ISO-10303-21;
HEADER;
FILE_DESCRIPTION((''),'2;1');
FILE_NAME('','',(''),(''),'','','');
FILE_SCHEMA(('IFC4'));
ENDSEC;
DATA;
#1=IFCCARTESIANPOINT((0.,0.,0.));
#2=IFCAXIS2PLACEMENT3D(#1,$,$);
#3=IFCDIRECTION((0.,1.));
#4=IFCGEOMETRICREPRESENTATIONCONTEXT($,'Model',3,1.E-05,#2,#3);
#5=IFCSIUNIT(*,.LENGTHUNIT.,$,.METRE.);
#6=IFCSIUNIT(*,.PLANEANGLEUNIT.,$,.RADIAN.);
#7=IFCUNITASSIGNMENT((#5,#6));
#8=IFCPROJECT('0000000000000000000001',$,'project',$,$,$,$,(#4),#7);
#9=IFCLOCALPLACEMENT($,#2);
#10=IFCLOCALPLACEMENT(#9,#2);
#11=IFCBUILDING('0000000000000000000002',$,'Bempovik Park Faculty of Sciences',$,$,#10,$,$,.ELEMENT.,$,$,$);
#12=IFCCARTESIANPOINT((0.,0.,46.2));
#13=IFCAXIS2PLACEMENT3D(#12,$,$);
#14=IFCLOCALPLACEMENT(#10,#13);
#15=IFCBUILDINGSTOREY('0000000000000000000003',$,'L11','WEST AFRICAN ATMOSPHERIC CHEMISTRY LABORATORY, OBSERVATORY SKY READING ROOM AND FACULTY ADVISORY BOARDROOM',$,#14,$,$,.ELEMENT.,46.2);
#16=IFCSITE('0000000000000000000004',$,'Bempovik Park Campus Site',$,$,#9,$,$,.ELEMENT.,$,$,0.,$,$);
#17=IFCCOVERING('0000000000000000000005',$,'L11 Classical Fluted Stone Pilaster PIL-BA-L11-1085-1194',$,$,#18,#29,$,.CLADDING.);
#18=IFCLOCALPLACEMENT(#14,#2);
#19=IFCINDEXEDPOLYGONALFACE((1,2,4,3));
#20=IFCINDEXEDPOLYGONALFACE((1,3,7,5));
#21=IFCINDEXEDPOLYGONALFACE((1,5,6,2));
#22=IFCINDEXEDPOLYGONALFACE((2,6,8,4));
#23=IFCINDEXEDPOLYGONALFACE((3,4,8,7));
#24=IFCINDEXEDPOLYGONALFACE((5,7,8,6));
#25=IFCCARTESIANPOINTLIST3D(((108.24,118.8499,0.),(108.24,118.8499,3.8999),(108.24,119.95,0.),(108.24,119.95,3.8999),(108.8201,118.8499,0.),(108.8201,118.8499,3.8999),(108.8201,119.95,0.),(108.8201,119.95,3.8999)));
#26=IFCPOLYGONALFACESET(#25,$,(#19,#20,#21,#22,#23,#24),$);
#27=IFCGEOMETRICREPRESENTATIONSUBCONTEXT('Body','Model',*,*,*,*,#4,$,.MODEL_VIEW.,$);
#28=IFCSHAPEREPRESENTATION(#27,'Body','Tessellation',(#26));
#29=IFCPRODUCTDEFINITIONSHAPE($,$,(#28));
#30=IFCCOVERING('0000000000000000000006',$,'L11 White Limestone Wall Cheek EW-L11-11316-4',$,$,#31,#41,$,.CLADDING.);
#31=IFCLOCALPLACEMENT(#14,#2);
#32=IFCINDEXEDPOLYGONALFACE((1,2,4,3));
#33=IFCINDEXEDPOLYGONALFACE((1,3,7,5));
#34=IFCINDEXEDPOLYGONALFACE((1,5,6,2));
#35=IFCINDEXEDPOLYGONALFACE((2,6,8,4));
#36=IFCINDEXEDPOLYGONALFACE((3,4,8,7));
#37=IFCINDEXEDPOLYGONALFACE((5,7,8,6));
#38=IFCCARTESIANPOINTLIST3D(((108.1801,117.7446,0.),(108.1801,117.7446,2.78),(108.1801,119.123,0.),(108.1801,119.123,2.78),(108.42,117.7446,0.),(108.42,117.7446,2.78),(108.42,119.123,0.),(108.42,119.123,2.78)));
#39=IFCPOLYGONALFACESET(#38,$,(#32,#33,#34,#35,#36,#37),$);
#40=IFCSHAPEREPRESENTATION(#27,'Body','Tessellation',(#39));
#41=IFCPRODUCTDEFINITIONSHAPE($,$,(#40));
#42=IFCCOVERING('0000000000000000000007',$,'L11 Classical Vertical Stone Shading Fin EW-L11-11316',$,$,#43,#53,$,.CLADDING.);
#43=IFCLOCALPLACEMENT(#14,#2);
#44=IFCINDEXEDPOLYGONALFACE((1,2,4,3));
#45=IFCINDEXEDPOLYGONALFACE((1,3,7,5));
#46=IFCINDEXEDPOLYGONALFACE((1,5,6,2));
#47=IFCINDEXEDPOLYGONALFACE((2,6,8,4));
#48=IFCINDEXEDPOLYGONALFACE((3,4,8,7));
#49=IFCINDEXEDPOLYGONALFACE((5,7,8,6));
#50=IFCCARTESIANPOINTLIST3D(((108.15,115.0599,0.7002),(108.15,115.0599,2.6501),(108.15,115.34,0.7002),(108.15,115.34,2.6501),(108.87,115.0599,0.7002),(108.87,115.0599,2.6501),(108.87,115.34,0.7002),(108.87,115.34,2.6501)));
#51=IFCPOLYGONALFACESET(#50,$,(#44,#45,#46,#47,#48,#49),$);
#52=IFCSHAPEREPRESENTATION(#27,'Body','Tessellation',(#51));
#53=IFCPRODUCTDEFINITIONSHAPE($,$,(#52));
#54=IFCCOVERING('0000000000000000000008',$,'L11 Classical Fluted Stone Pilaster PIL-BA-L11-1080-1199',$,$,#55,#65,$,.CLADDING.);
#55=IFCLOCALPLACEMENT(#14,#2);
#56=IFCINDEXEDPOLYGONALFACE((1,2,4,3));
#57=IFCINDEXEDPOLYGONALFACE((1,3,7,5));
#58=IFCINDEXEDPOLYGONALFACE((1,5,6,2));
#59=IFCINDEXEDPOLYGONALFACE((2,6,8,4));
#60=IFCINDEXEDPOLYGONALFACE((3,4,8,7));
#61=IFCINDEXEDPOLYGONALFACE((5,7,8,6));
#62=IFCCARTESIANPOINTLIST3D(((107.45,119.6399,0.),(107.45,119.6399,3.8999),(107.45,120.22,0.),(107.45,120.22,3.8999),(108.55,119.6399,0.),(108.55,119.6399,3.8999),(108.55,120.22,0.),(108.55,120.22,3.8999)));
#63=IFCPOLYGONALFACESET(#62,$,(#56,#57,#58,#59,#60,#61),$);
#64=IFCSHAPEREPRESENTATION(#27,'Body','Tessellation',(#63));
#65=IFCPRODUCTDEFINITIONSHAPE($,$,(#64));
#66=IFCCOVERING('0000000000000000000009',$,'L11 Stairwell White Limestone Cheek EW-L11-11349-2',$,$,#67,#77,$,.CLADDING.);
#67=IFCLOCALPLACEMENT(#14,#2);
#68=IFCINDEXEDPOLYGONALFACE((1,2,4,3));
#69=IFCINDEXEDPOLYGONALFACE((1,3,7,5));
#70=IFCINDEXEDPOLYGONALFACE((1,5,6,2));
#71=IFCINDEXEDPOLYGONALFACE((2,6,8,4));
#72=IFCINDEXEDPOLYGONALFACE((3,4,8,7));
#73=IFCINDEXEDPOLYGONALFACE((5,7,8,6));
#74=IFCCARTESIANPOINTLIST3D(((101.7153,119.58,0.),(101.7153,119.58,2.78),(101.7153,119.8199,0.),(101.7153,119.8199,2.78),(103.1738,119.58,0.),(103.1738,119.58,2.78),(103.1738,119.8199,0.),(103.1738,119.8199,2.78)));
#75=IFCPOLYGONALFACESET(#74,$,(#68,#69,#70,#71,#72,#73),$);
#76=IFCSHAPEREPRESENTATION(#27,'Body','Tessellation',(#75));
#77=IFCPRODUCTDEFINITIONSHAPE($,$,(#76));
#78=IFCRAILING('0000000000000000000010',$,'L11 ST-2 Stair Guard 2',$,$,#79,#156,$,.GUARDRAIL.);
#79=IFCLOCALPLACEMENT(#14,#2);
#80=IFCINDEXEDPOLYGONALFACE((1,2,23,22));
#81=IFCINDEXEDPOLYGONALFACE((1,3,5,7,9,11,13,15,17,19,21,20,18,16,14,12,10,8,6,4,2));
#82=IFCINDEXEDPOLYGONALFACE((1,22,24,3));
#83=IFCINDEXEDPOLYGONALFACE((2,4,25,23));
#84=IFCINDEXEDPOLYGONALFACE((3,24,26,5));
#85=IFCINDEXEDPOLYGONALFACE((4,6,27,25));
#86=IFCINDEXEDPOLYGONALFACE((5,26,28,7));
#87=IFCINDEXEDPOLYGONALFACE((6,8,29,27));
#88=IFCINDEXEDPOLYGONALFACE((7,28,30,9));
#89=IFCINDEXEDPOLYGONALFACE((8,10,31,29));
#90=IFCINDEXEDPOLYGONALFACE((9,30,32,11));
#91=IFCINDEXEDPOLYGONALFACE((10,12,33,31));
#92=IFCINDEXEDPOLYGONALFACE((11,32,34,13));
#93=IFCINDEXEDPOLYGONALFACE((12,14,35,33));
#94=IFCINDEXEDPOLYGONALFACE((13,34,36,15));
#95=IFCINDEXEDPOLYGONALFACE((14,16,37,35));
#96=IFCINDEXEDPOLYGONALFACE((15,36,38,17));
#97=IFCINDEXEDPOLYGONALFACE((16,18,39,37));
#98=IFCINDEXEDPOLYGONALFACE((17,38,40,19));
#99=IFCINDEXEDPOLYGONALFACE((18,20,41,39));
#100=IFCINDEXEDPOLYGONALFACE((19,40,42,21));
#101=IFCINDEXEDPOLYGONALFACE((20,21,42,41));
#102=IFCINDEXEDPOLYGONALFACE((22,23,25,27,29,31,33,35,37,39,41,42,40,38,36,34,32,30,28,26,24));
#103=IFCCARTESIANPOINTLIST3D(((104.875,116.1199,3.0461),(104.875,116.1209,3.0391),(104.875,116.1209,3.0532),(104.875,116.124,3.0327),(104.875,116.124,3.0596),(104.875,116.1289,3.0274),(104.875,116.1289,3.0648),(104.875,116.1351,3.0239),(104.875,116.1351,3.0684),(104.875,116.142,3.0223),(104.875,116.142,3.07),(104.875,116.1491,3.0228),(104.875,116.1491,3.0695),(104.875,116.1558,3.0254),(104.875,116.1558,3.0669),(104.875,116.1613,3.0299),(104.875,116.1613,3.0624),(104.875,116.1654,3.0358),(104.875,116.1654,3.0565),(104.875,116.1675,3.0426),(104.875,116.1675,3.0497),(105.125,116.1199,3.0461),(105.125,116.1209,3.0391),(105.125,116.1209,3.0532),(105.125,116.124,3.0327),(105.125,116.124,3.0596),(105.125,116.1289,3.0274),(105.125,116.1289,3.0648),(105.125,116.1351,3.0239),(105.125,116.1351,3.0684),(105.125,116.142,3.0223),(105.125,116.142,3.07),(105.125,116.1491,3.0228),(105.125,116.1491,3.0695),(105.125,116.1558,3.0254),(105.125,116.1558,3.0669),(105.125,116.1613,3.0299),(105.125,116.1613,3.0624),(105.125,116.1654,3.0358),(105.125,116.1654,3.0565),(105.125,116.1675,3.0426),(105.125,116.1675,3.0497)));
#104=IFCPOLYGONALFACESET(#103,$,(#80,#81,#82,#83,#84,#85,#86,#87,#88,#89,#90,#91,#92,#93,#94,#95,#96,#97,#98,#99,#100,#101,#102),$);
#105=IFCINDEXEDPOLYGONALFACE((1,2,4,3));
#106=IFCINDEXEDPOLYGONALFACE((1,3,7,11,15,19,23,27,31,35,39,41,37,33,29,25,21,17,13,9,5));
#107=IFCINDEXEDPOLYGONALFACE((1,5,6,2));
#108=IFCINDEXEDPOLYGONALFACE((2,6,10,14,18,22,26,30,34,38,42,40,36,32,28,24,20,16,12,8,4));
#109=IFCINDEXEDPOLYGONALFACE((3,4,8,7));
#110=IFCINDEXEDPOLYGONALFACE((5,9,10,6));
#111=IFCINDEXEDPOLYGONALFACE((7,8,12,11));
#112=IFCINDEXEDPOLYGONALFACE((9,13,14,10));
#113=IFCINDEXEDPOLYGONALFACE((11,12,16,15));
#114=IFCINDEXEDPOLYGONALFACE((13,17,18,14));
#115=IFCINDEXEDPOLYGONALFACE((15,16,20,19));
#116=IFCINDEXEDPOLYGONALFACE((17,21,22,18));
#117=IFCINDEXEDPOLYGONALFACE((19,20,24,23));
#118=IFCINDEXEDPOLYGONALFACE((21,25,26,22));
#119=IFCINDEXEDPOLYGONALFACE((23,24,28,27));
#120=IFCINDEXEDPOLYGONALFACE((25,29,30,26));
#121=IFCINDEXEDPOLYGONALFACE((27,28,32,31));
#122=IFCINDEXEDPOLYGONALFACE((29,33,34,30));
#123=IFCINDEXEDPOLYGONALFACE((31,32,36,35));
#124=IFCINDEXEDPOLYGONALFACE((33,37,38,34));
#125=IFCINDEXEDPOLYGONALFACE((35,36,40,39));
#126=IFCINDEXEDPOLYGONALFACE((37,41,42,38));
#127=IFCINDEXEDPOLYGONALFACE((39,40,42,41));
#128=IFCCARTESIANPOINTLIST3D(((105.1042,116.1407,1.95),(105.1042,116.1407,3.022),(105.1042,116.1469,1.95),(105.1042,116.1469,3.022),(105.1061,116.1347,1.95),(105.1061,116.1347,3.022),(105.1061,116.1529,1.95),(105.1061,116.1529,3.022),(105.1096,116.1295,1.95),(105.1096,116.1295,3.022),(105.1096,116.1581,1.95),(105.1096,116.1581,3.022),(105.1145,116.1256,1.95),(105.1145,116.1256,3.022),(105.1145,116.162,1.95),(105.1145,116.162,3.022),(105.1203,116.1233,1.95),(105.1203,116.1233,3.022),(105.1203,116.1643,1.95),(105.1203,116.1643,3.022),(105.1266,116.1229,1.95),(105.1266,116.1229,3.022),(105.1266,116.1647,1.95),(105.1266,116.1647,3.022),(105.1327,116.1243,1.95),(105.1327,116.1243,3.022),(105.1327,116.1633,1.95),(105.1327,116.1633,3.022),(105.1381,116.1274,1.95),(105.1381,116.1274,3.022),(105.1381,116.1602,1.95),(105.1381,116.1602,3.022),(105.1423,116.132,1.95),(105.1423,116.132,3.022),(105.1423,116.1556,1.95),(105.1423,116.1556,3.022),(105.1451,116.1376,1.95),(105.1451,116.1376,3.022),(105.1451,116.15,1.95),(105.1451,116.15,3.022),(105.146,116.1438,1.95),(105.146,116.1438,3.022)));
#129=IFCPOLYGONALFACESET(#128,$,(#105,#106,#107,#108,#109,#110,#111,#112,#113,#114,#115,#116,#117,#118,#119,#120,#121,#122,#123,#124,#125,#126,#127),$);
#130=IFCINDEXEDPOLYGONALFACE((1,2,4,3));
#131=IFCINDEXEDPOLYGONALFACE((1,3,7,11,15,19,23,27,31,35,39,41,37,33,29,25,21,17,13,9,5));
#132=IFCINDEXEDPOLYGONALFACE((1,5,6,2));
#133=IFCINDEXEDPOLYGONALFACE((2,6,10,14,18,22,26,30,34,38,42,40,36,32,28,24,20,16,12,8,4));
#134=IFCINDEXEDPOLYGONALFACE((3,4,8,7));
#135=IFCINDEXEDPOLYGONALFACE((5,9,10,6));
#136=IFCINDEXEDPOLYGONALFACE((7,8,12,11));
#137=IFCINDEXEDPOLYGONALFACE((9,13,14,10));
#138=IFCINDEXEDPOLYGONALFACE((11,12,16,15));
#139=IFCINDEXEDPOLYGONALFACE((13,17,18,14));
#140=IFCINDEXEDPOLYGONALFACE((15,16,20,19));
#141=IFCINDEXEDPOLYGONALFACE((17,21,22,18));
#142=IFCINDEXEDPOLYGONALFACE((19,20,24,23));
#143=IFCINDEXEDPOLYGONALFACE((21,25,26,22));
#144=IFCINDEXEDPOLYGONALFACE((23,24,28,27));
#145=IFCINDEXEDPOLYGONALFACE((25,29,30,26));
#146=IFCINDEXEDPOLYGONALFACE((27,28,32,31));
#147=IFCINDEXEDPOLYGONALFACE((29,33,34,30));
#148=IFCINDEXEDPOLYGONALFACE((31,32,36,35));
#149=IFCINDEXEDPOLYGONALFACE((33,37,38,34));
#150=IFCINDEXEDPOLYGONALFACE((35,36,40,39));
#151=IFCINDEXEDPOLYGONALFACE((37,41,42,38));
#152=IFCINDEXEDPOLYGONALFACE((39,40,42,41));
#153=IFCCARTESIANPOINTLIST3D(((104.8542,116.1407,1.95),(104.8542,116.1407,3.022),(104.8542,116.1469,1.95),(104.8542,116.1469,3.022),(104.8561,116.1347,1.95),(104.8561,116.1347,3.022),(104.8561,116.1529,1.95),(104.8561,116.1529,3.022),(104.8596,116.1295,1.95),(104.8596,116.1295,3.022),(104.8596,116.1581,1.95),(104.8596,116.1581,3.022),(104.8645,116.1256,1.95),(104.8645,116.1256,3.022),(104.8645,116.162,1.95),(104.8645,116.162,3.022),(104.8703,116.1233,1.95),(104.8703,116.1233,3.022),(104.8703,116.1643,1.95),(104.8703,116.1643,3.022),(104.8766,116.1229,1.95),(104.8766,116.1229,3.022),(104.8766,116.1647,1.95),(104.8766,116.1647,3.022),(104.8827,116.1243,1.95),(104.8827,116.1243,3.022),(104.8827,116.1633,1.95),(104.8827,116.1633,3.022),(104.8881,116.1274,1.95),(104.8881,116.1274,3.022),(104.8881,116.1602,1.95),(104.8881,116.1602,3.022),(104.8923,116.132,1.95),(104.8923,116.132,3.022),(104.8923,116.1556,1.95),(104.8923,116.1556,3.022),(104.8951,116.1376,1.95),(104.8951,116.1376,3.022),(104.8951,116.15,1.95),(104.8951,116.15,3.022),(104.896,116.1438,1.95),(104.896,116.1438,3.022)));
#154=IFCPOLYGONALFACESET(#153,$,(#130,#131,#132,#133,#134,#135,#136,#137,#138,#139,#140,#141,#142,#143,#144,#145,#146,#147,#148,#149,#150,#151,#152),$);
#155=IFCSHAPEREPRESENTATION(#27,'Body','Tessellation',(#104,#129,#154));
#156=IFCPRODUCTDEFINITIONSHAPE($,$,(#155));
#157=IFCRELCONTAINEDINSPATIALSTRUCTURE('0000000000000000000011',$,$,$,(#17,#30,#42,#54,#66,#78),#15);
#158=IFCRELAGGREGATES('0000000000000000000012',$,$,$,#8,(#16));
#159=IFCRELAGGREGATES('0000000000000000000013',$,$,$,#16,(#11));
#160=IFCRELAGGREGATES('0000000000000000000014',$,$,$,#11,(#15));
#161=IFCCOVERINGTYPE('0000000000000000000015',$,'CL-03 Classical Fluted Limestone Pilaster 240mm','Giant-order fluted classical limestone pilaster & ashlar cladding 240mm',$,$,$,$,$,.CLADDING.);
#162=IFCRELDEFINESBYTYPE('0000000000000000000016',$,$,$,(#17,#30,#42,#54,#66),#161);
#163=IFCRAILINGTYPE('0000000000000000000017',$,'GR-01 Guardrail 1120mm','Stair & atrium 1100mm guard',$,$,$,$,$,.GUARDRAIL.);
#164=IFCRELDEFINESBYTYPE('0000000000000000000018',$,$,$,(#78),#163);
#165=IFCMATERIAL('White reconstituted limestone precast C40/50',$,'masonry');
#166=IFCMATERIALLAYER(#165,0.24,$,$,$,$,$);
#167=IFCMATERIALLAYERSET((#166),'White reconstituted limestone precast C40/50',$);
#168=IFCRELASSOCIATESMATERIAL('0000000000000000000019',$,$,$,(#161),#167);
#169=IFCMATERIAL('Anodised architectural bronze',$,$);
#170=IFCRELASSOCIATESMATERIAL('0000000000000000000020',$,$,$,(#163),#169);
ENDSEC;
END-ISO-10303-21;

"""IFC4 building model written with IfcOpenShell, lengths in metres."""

from ifc_helpers import new_model, si_unit, direction, frame, origin, origin_2d, place, context, subcontext, project, spatial, rectangle, circle, extrude, material, layer, layer_set, type_object, element, save


model = new_model("IFC4")

# Units and contexts
model_context = context("Model", 3, precision=1e-05, world=origin(), true_north=direction((0.0, 1.0)))
body_context = subcontext(model_context, "Body", "Model", "MODEL_VIEW")
ifc_project = project(units=[si_unit("LENGTHUNIT", "METRE"), si_unit("PLANEANGLEUNIT", "RADIAN")], contexts=[model_context])

# Site, building, storey
site_placement = place(None, origin())
site = spatial("IfcSite", under=ifc_project, at=site_placement, Name="Bempovik Park Campus Site", CompositionType="ELEMENT", RefElevation=0.0)
building_placement = place(site_placement, origin())
building = spatial("IfcBuilding", under=site, at=building_placement, Name="Bempovik Park Faculty of Sciences", CompositionType="ELEMENT")
storey_placement = place(building_placement, frame((0.0, 0.0, 46.2)))
storey = spatial("IfcBuildingStorey", under=building, at=storey_placement, Name="L11", Description="WEST AFRICAN ATMOSPHERIC CHEMISTRY LABORATORY, OBSERVATORY SKY READING ROOM AND FACULTY ADVISORY BOARDROOM", CompositionType="ELEMENT", Elevation=46.2)

# Coverings
ifc_material_1 = material(Name="White reconstituted limestone precast C40/50", Category="masonry")
ifc_layer_1 = layer(ifc_material_1, 0.24)
ifc_layer_set_1 = layer_set([ifc_layer_1], Name="White reconstituted limestone precast C40/50")
covering_type_1 = type_object("IfcCoveringType", Name="CL-03 Classical Fluted Limestone Pilaster 240mm", Description="Giant-order fluted classical limestone pilaster & ashlar cladding 240mm", PredefinedType="CLADDING", material=ifc_layer_set_1)
covering_1_placement = place(storey_placement, frame((108.53, 119.3999, 0.0), z_axis=(0.0, 0.0, 1.0), x_axis=(1.0, 0.0, 0.0)))
element("IfcCovering", 1, at=covering_1_placement, inside=storey, type_object=covering_type_1, Name="L11 Classical Fluted Stone Pilaster PIL-BA-L11-1085-1194", PredefinedType="CLADDING", context=body_context, shape_type="SweptSolid", body=[
    extrude(rectangle(XDim=0.5801, YDim=1.1001, at=origin_2d()), origin(), (0.0, 0.0, 1.0), 3.8999),
])
covering_2_placement = place(storey_placement, frame((108.3, 118.4338, 0.0), z_axis=(0.0, 0.0, 1.0), x_axis=(1.0, 0.0, 0.0)))
element("IfcCovering", 2, at=covering_2_placement, inside=storey, type_object=covering_type_1, Name="L11 White Limestone Wall Cheek EW-L11-11316-4", PredefinedType="CLADDING", context=body_context, shape_type="SweptSolid", body=[
    extrude(rectangle(XDim=0.24, YDim=1.3784, at=origin_2d()), origin(), (0.0, 0.0, 1.0), 2.78),
])
covering_3_placement = place(storey_placement, frame((108.51, 115.2, 0.7002), z_axis=(0.0, 0.0, 1.0), x_axis=(1.0, 0.0, 0.0)))
element("IfcCovering", 3, at=covering_3_placement, inside=storey, type_object=covering_type_1, Name="L11 Classical Vertical Stone Shading Fin EW-L11-11316", PredefinedType="CLADDING", context=body_context, shape_type="SweptSolid", body=[
    extrude(rectangle(XDim=0.72, YDim=0.28, at=origin_2d()), origin(), (0.0, 0.0, 1.0), 1.95),
])
covering_4_placement = place(storey_placement, frame((108.0, 119.9299, 0.0), z_axis=(0.0, 0.0, 1.0), x_axis=(1.0, 0.0, 0.0)))
element("IfcCovering", 4, at=covering_4_placement, inside=storey, type_object=covering_type_1, Name="L11 Classical Fluted Stone Pilaster PIL-BA-L11-1080-1199", PredefinedType="CLADDING", context=body_context, shape_type="SweptSolid", body=[
    extrude(rectangle(XDim=1.1001, YDim=0.5801, at=origin_2d()), origin(), (0.0, 0.0, 1.0), 3.8999),
])
covering_5_placement = place(storey_placement, frame((102.4446, 119.7, 0.0), z_axis=(0.0, 0.0, 1.0), x_axis=(1.0, 0.0, 0.0)))
element("IfcCovering", 5, at=covering_5_placement, inside=storey, type_object=covering_type_1, Name="L11 Stairwell White Limestone Cheek EW-L11-11349-2", PredefinedType="CLADDING", context=body_context, shape_type="SweptSolid", body=[
    extrude(rectangle(XDim=1.4585, YDim=0.24, at=origin_2d()), origin(), (0.0, 0.0, 1.0), 2.78),
])

# Railing
ifc_material_2 = material(Name="Anodised architectural bronze")
railing_type_1 = type_object("IfcRailingType", Name="GR-01 Guardrail 1120mm", Description="Stair & atrium 1100mm guard", PredefinedType="GUARDRAIL", material=ifc_material_2)
railing_1_placement = place(storey_placement, frame((105.125, 116.1438, 1.95)))
element("IfcRailing", 6, at=railing_1_placement, inside=storey, type_object=railing_type_1, Name="L11 ST-2 Stair Guard 2", PredefinedType="GUARDRAIL", context=body_context, shape_type="SweptSolid", body=[
    extrude(circle(Radius=0.0239, at=origin_2d()), frame((0.0, 0.0, 1.0962), z_axis=(-1.0, 0.0, 0.0), x_axis=(0.0, -1.0, 0.0)), (0.0, 0.0, 1.0), 0.25),
    extrude(circle(Radius=0.021, at=origin_2d()), origin(), (0.0, 0.0, 1.0), 1.072),
    extrude(circle(Radius=0.021, at=origin_2d()), frame((-0.25, 0.0, 0.0)), (0.0, 0.0, 1.0), 1.072),
])

save(model, "model.ifc")
